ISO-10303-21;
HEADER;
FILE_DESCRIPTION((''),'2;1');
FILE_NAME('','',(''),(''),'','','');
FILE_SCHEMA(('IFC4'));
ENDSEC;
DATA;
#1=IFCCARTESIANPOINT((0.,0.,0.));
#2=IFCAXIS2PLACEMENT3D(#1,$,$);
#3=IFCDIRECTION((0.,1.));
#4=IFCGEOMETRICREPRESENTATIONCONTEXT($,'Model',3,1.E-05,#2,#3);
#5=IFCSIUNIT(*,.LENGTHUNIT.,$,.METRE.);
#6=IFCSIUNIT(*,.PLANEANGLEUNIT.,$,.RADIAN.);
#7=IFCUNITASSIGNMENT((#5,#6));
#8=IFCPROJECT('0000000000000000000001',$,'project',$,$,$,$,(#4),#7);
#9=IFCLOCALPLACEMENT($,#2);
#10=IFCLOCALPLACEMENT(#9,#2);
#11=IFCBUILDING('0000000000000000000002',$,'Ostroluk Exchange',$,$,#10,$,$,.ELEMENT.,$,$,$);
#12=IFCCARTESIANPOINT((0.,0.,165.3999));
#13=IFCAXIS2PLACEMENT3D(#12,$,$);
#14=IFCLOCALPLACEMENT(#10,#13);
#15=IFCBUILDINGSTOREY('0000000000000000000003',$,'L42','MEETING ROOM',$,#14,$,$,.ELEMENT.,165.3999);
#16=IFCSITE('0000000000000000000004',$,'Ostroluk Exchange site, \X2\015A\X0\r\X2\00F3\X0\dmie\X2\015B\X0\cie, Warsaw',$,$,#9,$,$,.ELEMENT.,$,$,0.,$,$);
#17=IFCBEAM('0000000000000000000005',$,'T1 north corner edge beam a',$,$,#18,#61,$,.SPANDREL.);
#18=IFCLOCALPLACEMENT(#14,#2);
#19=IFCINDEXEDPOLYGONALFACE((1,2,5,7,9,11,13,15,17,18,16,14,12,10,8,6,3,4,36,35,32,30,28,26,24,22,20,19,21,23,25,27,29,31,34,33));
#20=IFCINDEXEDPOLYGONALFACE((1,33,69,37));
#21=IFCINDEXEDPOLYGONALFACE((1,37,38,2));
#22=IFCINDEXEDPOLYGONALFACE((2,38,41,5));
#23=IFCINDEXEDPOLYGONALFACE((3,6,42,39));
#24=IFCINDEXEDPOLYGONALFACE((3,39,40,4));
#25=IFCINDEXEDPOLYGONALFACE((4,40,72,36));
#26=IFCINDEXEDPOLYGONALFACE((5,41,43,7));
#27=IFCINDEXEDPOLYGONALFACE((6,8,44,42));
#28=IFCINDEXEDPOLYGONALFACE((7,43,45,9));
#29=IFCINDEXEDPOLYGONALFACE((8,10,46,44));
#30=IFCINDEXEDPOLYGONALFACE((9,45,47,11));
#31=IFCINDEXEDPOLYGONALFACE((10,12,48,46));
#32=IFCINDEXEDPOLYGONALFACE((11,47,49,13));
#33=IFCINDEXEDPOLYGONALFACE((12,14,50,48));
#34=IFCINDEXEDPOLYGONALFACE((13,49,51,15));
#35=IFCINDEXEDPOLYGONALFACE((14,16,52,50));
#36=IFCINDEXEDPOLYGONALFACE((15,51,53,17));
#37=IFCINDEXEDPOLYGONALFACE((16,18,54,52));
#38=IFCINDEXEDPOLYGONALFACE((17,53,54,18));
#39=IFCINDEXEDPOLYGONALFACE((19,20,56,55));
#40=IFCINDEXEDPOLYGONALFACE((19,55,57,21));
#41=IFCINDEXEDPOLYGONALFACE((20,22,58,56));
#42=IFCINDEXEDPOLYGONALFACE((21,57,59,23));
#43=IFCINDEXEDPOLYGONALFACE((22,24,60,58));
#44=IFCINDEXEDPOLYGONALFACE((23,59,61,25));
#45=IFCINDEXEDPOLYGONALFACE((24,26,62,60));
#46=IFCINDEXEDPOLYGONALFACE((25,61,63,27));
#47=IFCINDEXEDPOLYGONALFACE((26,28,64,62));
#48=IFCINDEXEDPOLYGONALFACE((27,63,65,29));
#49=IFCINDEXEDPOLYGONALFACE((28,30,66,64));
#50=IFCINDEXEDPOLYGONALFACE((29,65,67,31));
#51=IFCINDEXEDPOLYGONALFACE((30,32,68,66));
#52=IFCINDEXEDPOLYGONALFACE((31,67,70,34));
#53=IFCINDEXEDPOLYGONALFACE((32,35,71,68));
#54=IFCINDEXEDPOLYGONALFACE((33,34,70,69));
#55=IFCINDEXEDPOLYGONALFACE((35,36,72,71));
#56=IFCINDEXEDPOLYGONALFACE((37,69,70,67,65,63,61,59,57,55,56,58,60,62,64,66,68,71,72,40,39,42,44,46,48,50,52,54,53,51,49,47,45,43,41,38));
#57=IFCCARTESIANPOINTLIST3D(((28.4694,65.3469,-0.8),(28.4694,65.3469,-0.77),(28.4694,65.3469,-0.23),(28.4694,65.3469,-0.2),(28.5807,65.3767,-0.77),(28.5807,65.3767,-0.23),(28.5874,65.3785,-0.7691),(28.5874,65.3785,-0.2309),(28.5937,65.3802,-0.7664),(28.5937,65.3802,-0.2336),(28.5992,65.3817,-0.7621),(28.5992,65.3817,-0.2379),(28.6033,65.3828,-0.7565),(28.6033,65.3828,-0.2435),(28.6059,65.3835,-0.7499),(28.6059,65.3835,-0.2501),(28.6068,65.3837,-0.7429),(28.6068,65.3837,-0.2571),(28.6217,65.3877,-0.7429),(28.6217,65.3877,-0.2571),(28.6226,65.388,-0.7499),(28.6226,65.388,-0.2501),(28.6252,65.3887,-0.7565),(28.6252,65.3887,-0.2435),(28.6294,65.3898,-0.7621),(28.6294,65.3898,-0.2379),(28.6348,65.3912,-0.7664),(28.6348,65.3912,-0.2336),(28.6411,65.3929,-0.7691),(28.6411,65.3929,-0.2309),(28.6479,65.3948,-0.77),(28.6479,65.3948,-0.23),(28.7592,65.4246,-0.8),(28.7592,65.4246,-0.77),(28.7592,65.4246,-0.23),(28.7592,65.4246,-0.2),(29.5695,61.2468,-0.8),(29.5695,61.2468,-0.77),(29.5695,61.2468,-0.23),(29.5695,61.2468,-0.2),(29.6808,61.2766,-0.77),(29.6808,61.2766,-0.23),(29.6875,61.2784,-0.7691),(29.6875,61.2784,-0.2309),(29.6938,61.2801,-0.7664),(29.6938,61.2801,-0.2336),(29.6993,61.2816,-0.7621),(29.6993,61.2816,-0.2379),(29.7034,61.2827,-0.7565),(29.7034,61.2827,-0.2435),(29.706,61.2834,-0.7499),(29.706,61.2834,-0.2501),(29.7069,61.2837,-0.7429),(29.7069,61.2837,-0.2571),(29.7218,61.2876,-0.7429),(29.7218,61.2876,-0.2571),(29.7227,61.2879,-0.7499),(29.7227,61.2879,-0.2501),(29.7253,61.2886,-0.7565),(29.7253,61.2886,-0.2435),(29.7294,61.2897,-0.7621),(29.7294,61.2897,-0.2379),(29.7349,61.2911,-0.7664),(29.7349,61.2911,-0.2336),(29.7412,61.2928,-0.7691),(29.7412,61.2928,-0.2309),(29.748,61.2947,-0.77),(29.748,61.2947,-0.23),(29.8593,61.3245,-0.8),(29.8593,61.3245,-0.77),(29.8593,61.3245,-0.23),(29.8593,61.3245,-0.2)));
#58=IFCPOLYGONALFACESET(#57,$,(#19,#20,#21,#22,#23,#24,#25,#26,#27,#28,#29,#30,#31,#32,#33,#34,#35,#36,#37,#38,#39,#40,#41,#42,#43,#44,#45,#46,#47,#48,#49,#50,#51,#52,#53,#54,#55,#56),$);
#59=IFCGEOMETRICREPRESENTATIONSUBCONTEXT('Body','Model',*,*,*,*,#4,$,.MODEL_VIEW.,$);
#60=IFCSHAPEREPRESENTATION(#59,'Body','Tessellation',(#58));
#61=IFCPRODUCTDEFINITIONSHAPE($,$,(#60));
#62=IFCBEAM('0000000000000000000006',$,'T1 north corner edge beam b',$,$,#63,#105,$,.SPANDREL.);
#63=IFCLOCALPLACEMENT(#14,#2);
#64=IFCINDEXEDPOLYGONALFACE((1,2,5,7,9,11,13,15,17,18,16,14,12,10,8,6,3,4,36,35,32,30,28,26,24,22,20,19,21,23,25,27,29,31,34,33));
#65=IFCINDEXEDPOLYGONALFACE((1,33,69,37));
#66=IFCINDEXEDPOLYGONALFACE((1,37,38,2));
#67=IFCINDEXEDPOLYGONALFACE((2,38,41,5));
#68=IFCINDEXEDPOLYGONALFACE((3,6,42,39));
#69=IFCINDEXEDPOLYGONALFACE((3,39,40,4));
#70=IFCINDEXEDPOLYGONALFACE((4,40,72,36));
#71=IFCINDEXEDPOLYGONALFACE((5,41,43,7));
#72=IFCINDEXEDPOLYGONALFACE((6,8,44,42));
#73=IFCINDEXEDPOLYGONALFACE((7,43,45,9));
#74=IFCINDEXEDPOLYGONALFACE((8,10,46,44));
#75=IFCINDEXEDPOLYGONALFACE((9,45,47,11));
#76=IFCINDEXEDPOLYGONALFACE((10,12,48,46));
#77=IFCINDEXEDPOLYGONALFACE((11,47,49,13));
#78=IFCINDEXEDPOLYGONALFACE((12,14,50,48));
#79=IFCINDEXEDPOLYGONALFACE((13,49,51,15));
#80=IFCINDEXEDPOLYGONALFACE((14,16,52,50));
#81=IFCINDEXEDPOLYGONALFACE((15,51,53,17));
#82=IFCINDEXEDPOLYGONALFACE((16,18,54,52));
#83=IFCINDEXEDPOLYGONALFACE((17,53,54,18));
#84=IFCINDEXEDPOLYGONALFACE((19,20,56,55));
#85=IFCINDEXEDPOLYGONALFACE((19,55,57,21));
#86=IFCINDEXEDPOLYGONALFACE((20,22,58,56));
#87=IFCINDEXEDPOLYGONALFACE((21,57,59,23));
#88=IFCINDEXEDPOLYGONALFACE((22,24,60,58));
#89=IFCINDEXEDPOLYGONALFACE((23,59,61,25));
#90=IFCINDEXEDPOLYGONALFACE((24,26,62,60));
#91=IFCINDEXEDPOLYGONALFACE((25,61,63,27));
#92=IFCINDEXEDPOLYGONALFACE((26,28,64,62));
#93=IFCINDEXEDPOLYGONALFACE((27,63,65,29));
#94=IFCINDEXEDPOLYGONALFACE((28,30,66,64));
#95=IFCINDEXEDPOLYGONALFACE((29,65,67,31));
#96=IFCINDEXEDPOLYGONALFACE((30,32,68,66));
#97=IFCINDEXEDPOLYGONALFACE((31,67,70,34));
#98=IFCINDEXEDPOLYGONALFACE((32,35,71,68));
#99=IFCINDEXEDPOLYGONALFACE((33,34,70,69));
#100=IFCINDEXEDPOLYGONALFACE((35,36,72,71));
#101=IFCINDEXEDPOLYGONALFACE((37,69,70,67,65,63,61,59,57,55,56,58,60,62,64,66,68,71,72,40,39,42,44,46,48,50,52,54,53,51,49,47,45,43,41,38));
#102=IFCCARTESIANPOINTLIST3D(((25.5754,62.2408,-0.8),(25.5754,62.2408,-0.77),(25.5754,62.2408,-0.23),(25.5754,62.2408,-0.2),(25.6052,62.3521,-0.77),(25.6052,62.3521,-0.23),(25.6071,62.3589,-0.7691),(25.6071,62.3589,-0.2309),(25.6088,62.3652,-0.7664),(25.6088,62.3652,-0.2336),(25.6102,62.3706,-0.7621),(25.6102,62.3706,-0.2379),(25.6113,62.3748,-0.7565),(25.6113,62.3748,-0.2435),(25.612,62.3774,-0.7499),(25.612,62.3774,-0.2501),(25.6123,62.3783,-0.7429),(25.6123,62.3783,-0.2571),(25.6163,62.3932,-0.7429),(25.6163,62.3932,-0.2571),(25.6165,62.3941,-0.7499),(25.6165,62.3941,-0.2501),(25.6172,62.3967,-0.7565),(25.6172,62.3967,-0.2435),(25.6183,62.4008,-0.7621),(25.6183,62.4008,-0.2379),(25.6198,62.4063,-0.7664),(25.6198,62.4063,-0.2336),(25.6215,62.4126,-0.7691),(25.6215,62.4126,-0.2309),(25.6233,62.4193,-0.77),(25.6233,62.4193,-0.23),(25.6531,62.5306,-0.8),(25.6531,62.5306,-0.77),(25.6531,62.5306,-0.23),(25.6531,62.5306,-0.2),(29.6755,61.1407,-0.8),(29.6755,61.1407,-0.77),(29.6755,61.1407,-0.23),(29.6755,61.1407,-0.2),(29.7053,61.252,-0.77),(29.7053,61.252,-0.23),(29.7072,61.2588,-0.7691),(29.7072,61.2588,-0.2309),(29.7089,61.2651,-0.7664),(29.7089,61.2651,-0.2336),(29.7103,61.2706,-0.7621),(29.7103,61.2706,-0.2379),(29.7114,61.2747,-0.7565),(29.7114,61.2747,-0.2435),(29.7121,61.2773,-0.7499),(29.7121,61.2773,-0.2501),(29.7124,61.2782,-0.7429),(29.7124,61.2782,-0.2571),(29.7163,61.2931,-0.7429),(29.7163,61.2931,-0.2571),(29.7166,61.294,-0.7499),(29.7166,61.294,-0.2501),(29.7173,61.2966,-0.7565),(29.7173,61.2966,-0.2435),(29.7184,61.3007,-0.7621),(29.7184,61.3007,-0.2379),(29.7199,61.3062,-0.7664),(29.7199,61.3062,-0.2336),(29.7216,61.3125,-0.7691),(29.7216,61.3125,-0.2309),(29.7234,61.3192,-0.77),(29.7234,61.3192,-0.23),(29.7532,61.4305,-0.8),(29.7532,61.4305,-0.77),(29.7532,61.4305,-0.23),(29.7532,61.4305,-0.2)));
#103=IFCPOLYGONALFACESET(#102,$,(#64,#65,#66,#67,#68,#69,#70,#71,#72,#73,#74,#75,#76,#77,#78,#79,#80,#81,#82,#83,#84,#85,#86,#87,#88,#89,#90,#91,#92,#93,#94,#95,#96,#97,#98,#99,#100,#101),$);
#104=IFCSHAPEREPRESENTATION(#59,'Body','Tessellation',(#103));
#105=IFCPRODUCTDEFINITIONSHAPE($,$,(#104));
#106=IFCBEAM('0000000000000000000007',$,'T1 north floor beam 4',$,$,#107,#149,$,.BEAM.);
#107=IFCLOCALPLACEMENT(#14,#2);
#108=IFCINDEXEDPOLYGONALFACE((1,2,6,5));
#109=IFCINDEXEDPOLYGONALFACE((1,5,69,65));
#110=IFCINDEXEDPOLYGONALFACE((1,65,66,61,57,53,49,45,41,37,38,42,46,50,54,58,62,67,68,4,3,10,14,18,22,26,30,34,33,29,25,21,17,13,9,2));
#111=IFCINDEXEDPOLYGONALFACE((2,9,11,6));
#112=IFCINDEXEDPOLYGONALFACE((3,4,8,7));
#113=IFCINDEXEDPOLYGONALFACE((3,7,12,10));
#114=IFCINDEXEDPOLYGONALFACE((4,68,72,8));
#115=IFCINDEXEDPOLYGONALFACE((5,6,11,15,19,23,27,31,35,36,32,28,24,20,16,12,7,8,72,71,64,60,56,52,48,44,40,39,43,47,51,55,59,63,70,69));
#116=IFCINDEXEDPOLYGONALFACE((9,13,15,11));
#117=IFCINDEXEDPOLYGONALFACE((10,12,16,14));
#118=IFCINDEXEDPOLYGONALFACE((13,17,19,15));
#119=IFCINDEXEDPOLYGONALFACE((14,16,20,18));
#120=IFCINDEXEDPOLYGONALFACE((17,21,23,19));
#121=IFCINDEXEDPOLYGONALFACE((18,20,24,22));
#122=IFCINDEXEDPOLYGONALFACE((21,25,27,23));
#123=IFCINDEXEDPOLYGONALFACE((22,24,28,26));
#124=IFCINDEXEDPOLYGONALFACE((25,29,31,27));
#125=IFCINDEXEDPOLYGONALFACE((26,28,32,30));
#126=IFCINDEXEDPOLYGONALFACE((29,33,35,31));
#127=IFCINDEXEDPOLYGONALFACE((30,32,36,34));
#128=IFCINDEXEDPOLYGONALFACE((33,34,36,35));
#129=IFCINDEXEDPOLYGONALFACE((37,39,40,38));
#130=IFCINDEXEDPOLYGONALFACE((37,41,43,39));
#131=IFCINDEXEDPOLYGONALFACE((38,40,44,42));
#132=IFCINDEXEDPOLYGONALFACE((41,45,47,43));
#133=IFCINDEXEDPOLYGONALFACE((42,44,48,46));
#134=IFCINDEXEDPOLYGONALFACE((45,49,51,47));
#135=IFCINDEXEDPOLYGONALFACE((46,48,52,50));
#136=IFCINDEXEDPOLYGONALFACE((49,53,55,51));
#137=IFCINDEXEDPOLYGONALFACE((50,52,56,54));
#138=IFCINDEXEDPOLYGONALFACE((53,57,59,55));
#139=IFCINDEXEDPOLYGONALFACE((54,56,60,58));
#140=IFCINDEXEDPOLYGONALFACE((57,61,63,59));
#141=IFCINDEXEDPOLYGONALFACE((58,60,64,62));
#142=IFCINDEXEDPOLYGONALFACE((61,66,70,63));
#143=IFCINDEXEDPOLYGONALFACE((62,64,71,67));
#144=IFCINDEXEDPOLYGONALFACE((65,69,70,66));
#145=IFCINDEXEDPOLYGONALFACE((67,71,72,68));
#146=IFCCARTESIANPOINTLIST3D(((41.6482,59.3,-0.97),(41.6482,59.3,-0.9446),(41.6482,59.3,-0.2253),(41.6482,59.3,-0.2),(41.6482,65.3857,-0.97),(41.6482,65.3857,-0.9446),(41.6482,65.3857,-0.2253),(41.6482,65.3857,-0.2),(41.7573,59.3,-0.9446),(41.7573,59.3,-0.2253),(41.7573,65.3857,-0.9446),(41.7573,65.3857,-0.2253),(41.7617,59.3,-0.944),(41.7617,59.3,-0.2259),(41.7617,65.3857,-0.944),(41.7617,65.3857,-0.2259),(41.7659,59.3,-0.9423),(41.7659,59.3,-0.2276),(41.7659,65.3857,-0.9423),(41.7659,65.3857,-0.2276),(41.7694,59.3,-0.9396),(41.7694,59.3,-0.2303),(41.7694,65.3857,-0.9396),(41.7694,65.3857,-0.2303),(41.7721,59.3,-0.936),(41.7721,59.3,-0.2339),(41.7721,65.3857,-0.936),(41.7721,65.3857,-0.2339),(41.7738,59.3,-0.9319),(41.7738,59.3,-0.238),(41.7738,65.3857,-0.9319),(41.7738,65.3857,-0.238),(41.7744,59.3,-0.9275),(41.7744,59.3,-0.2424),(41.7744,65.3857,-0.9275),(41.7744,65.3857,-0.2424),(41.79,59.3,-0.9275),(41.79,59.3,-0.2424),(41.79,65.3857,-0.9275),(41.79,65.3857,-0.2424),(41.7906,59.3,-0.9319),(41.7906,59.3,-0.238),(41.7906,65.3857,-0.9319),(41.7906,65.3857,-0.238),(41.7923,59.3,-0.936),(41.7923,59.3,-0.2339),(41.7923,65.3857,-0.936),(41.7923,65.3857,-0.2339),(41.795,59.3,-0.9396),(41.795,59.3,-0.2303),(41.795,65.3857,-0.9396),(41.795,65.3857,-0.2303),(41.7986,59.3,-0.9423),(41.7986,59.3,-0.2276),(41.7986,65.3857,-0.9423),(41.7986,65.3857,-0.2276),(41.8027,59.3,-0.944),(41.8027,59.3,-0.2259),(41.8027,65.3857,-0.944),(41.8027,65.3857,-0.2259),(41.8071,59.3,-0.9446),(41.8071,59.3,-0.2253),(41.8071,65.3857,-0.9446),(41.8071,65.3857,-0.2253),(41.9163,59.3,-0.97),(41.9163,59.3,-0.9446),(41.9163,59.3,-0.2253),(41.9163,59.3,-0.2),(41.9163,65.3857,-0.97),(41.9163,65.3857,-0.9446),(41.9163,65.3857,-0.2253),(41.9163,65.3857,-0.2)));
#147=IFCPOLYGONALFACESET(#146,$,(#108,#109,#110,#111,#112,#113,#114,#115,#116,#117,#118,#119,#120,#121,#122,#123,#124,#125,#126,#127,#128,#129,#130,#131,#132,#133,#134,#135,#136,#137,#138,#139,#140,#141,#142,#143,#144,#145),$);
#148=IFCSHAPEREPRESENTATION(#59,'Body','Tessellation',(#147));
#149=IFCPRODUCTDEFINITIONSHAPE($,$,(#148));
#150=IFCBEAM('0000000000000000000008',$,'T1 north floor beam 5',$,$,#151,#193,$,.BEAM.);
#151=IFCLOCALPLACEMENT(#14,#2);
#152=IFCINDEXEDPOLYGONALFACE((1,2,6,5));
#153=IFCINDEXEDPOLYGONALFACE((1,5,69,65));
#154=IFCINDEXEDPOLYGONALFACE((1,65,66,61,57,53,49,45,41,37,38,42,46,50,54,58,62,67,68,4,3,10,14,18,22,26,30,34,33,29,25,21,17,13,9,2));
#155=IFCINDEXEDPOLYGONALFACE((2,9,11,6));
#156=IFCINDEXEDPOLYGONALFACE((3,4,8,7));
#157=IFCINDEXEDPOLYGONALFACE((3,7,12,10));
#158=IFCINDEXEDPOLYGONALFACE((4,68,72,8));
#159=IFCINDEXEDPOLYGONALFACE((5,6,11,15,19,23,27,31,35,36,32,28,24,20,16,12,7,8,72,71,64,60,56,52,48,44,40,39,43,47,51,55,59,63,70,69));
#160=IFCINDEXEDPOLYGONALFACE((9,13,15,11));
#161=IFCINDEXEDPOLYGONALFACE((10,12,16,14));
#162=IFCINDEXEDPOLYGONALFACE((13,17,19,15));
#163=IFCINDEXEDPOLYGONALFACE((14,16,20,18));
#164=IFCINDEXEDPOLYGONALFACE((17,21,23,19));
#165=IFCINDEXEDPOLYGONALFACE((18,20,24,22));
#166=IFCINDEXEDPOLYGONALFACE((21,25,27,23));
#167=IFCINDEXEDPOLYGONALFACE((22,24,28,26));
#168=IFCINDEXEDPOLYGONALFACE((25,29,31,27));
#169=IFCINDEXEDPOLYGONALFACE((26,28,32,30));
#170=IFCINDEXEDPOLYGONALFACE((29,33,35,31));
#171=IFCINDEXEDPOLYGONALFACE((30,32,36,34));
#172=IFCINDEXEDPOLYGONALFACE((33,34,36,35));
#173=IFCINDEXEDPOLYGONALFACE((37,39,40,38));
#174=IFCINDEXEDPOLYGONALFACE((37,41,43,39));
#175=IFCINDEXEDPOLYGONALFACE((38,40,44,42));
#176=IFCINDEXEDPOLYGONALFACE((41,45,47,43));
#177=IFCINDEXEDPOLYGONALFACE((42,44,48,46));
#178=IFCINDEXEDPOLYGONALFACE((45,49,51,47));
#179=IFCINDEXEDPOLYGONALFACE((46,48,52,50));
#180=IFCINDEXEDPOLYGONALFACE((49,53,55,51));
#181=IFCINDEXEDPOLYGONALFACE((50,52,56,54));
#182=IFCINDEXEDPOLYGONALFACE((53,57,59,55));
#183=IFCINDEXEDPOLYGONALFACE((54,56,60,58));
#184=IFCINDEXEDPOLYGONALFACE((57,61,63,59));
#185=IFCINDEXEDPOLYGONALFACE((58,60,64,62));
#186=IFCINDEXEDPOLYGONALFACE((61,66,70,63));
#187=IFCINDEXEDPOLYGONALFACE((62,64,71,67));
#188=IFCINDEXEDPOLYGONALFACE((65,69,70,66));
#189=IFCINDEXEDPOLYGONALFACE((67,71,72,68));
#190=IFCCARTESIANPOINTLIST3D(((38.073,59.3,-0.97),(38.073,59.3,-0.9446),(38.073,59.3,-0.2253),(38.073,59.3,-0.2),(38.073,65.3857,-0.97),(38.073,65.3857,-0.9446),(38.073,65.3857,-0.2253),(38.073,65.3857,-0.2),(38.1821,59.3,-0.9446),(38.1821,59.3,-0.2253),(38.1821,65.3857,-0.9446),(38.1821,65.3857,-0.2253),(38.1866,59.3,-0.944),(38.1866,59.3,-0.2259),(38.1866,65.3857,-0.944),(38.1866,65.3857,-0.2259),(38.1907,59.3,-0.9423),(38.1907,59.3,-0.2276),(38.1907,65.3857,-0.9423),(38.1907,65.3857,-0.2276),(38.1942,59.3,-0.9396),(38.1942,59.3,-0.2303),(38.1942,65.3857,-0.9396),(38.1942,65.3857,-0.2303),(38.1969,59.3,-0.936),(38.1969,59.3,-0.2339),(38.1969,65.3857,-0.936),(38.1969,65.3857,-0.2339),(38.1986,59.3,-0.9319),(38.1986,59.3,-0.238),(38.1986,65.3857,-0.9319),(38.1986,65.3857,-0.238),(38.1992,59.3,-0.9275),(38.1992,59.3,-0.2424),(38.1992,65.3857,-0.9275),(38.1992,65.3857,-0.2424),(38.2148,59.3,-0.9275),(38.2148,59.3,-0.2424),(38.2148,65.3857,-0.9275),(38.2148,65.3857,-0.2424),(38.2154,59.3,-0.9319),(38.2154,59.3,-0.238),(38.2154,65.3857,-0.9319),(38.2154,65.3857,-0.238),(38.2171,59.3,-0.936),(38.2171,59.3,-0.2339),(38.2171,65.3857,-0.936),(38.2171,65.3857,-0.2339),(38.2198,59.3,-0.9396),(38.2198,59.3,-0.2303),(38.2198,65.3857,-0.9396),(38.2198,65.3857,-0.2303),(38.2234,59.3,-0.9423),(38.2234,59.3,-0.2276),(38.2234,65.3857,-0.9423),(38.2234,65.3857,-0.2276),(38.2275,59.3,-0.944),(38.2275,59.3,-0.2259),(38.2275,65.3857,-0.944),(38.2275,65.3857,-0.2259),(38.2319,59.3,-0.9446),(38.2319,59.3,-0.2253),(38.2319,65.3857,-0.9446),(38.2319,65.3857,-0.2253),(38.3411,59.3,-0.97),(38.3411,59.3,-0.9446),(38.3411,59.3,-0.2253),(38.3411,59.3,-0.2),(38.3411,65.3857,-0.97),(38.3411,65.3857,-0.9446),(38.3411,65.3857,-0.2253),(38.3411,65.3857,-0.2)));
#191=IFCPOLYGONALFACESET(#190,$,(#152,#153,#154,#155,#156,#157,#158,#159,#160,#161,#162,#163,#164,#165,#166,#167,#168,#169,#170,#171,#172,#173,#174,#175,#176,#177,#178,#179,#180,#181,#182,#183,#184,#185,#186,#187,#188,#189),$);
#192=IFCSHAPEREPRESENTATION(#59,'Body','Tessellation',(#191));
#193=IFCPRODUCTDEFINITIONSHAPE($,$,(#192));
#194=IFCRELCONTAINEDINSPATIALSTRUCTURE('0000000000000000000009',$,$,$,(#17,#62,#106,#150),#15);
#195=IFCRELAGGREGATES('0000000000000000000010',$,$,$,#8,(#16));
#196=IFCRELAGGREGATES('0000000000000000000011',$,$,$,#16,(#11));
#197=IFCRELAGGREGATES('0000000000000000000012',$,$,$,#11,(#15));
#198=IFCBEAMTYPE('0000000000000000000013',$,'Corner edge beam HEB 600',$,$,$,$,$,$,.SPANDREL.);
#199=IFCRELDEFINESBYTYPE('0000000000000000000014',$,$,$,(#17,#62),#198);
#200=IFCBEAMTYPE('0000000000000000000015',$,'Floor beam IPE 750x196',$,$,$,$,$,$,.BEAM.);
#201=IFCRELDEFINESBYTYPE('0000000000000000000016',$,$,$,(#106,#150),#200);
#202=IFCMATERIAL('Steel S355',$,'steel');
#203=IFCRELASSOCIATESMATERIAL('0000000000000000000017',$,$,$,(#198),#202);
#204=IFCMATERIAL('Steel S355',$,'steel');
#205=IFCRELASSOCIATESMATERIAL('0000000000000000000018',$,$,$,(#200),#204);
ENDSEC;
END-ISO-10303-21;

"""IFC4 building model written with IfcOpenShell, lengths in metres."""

from ifc_helpers import new_model, si_unit, direction, frame, origin, origin_2d, place, context, subcontext, project, spatial, i_section, extrude, material, material_profile, profile_set, type_object, element, save


model = new_model("IFC4")

# Units and contexts
model_context = context("Model", 3, precision=1e-05, world=origin(), true_north=direction((0.0, 1.0)))
body_context = subcontext(model_context, "Body", "Model", "MODEL_VIEW")
ifc_project = project(units=[si_unit("LENGTHUNIT", "METRE"), si_unit("PLANEANGLEUNIT", "RADIAN")], contexts=[model_context])

# Site, building, storey
site_placement = place(None, origin())
site = spatial("IfcSite", under=ifc_project, at=site_placement, Name="Ostroluk Exchange site, Śródmieście, Warsaw", CompositionType="ELEMENT", RefElevation=0.0)
building_placement = place(site_placement, origin())
building = spatial("IfcBuilding", under=site, at=building_placement, Name="Ostroluk Exchange", CompositionType="ELEMENT")
storey_placement = place(building_placement, frame((0.0, 0.0, 165.3999)))
storey = spatial("IfcBuildingStorey", under=building, at=storey_placement, Name="L42", Description="MEETING ROOM", CompositionType="ELEMENT", Elevation=165.3999)

# Beams
ifc_material_1 = material(Name="Steel S355", Category="steel")
ifc_material_profile_1 = material_profile(ifc_material_1, i_section(OverallWidth=0.3, OverallDepth=0.6001, WebThickness=0.0154, FlangeThickness=0.03, FilletRadius=0.0271, at=origin_2d()), Name="HEB 600")
ifc_profile_set_1 = profile_set([ifc_material_profile_1], Name="Steel S355")
beam_type_1 = type_object("IfcBeamType", Name="Corner edge beam HEB 600", PredefinedType="SPANDREL", material=ifc_profile_set_1)
for number, where, z_axis, x_axis, name in (
    (1, (29.7144, 61.2856, -0.5), (-0.259144, 0.965839, 0.0), (-0.965839, -0.259144, 0.0), "T1 north corner edge beam a"),
    (2, (29.7144, 61.2856, -0.5), (-0.965839, 0.259144, 0.0), (-0.259144, -0.965839, 0.0), "T1 north corner edge beam b"),
):
    element("IfcBeam", number, at=place(storey_placement, frame(where, z_axis=z_axis, x_axis=x_axis)), inside=storey, type_object=beam_type_1, Name=name, PredefinedType="SPANDREL", context=body_context, shape_type="SweptSolid", body=[
        extrude(i_section(OverallWidth=0.3, OverallDepth=0.6001, WebThickness=0.0154, FlangeThickness=0.03, FilletRadius=0.0271, at=origin_2d()), origin(), (0.0, 0.0, 1.0), 4.2451),
    ])
ifc_material_2 = material(Name="Steel S355", Category="steel")
ifc_material_profile_2 = material_profile(ifc_material_2, i_section(OverallWidth=0.2681, OverallDepth=0.77, WebThickness=0.0156, FlangeThickness=0.0254, FilletRadius=0.0171, at=origin_2d()), Name="IPE 750x196")
ifc_profile_set_2 = profile_set([ifc_material_profile_2], Name="Steel S355")
beam_type_2 = type_object("IfcBeamType", Name="Floor beam IPE 750x196", PredefinedType="BEAM", material=ifc_profile_set_2)
for number, where, z_axis, x_axis, name in (
    (3, (41.7822, 59.3, -0.585), (0.0, 1.0, 0.0), (-1.0, 0.0, 0.0), "T1 north floor beam 4"),
    (4, (38.207, 59.3, -0.585), (0.0, 1.0, 0.0), (-1.0, 0.0, 0.0), "T1 north floor beam 5"),
):
    element("IfcBeam", number, at=place(storey_placement, frame(where, z_axis=z_axis, x_axis=x_axis)), inside=storey, type_object=beam_type_2, Name=name, PredefinedType="BEAM", context=body_context, shape_type="SweptSolid", body=[
        extrude(i_section(OverallWidth=0.2681, OverallDepth=0.77, WebThickness=0.0156, FlangeThickness=0.0254, FilletRadius=0.0171, at=origin_2d()), origin(), (0.0, 0.0, 1.0), 6.0857),
    ])

save(model, "model.ifc")
